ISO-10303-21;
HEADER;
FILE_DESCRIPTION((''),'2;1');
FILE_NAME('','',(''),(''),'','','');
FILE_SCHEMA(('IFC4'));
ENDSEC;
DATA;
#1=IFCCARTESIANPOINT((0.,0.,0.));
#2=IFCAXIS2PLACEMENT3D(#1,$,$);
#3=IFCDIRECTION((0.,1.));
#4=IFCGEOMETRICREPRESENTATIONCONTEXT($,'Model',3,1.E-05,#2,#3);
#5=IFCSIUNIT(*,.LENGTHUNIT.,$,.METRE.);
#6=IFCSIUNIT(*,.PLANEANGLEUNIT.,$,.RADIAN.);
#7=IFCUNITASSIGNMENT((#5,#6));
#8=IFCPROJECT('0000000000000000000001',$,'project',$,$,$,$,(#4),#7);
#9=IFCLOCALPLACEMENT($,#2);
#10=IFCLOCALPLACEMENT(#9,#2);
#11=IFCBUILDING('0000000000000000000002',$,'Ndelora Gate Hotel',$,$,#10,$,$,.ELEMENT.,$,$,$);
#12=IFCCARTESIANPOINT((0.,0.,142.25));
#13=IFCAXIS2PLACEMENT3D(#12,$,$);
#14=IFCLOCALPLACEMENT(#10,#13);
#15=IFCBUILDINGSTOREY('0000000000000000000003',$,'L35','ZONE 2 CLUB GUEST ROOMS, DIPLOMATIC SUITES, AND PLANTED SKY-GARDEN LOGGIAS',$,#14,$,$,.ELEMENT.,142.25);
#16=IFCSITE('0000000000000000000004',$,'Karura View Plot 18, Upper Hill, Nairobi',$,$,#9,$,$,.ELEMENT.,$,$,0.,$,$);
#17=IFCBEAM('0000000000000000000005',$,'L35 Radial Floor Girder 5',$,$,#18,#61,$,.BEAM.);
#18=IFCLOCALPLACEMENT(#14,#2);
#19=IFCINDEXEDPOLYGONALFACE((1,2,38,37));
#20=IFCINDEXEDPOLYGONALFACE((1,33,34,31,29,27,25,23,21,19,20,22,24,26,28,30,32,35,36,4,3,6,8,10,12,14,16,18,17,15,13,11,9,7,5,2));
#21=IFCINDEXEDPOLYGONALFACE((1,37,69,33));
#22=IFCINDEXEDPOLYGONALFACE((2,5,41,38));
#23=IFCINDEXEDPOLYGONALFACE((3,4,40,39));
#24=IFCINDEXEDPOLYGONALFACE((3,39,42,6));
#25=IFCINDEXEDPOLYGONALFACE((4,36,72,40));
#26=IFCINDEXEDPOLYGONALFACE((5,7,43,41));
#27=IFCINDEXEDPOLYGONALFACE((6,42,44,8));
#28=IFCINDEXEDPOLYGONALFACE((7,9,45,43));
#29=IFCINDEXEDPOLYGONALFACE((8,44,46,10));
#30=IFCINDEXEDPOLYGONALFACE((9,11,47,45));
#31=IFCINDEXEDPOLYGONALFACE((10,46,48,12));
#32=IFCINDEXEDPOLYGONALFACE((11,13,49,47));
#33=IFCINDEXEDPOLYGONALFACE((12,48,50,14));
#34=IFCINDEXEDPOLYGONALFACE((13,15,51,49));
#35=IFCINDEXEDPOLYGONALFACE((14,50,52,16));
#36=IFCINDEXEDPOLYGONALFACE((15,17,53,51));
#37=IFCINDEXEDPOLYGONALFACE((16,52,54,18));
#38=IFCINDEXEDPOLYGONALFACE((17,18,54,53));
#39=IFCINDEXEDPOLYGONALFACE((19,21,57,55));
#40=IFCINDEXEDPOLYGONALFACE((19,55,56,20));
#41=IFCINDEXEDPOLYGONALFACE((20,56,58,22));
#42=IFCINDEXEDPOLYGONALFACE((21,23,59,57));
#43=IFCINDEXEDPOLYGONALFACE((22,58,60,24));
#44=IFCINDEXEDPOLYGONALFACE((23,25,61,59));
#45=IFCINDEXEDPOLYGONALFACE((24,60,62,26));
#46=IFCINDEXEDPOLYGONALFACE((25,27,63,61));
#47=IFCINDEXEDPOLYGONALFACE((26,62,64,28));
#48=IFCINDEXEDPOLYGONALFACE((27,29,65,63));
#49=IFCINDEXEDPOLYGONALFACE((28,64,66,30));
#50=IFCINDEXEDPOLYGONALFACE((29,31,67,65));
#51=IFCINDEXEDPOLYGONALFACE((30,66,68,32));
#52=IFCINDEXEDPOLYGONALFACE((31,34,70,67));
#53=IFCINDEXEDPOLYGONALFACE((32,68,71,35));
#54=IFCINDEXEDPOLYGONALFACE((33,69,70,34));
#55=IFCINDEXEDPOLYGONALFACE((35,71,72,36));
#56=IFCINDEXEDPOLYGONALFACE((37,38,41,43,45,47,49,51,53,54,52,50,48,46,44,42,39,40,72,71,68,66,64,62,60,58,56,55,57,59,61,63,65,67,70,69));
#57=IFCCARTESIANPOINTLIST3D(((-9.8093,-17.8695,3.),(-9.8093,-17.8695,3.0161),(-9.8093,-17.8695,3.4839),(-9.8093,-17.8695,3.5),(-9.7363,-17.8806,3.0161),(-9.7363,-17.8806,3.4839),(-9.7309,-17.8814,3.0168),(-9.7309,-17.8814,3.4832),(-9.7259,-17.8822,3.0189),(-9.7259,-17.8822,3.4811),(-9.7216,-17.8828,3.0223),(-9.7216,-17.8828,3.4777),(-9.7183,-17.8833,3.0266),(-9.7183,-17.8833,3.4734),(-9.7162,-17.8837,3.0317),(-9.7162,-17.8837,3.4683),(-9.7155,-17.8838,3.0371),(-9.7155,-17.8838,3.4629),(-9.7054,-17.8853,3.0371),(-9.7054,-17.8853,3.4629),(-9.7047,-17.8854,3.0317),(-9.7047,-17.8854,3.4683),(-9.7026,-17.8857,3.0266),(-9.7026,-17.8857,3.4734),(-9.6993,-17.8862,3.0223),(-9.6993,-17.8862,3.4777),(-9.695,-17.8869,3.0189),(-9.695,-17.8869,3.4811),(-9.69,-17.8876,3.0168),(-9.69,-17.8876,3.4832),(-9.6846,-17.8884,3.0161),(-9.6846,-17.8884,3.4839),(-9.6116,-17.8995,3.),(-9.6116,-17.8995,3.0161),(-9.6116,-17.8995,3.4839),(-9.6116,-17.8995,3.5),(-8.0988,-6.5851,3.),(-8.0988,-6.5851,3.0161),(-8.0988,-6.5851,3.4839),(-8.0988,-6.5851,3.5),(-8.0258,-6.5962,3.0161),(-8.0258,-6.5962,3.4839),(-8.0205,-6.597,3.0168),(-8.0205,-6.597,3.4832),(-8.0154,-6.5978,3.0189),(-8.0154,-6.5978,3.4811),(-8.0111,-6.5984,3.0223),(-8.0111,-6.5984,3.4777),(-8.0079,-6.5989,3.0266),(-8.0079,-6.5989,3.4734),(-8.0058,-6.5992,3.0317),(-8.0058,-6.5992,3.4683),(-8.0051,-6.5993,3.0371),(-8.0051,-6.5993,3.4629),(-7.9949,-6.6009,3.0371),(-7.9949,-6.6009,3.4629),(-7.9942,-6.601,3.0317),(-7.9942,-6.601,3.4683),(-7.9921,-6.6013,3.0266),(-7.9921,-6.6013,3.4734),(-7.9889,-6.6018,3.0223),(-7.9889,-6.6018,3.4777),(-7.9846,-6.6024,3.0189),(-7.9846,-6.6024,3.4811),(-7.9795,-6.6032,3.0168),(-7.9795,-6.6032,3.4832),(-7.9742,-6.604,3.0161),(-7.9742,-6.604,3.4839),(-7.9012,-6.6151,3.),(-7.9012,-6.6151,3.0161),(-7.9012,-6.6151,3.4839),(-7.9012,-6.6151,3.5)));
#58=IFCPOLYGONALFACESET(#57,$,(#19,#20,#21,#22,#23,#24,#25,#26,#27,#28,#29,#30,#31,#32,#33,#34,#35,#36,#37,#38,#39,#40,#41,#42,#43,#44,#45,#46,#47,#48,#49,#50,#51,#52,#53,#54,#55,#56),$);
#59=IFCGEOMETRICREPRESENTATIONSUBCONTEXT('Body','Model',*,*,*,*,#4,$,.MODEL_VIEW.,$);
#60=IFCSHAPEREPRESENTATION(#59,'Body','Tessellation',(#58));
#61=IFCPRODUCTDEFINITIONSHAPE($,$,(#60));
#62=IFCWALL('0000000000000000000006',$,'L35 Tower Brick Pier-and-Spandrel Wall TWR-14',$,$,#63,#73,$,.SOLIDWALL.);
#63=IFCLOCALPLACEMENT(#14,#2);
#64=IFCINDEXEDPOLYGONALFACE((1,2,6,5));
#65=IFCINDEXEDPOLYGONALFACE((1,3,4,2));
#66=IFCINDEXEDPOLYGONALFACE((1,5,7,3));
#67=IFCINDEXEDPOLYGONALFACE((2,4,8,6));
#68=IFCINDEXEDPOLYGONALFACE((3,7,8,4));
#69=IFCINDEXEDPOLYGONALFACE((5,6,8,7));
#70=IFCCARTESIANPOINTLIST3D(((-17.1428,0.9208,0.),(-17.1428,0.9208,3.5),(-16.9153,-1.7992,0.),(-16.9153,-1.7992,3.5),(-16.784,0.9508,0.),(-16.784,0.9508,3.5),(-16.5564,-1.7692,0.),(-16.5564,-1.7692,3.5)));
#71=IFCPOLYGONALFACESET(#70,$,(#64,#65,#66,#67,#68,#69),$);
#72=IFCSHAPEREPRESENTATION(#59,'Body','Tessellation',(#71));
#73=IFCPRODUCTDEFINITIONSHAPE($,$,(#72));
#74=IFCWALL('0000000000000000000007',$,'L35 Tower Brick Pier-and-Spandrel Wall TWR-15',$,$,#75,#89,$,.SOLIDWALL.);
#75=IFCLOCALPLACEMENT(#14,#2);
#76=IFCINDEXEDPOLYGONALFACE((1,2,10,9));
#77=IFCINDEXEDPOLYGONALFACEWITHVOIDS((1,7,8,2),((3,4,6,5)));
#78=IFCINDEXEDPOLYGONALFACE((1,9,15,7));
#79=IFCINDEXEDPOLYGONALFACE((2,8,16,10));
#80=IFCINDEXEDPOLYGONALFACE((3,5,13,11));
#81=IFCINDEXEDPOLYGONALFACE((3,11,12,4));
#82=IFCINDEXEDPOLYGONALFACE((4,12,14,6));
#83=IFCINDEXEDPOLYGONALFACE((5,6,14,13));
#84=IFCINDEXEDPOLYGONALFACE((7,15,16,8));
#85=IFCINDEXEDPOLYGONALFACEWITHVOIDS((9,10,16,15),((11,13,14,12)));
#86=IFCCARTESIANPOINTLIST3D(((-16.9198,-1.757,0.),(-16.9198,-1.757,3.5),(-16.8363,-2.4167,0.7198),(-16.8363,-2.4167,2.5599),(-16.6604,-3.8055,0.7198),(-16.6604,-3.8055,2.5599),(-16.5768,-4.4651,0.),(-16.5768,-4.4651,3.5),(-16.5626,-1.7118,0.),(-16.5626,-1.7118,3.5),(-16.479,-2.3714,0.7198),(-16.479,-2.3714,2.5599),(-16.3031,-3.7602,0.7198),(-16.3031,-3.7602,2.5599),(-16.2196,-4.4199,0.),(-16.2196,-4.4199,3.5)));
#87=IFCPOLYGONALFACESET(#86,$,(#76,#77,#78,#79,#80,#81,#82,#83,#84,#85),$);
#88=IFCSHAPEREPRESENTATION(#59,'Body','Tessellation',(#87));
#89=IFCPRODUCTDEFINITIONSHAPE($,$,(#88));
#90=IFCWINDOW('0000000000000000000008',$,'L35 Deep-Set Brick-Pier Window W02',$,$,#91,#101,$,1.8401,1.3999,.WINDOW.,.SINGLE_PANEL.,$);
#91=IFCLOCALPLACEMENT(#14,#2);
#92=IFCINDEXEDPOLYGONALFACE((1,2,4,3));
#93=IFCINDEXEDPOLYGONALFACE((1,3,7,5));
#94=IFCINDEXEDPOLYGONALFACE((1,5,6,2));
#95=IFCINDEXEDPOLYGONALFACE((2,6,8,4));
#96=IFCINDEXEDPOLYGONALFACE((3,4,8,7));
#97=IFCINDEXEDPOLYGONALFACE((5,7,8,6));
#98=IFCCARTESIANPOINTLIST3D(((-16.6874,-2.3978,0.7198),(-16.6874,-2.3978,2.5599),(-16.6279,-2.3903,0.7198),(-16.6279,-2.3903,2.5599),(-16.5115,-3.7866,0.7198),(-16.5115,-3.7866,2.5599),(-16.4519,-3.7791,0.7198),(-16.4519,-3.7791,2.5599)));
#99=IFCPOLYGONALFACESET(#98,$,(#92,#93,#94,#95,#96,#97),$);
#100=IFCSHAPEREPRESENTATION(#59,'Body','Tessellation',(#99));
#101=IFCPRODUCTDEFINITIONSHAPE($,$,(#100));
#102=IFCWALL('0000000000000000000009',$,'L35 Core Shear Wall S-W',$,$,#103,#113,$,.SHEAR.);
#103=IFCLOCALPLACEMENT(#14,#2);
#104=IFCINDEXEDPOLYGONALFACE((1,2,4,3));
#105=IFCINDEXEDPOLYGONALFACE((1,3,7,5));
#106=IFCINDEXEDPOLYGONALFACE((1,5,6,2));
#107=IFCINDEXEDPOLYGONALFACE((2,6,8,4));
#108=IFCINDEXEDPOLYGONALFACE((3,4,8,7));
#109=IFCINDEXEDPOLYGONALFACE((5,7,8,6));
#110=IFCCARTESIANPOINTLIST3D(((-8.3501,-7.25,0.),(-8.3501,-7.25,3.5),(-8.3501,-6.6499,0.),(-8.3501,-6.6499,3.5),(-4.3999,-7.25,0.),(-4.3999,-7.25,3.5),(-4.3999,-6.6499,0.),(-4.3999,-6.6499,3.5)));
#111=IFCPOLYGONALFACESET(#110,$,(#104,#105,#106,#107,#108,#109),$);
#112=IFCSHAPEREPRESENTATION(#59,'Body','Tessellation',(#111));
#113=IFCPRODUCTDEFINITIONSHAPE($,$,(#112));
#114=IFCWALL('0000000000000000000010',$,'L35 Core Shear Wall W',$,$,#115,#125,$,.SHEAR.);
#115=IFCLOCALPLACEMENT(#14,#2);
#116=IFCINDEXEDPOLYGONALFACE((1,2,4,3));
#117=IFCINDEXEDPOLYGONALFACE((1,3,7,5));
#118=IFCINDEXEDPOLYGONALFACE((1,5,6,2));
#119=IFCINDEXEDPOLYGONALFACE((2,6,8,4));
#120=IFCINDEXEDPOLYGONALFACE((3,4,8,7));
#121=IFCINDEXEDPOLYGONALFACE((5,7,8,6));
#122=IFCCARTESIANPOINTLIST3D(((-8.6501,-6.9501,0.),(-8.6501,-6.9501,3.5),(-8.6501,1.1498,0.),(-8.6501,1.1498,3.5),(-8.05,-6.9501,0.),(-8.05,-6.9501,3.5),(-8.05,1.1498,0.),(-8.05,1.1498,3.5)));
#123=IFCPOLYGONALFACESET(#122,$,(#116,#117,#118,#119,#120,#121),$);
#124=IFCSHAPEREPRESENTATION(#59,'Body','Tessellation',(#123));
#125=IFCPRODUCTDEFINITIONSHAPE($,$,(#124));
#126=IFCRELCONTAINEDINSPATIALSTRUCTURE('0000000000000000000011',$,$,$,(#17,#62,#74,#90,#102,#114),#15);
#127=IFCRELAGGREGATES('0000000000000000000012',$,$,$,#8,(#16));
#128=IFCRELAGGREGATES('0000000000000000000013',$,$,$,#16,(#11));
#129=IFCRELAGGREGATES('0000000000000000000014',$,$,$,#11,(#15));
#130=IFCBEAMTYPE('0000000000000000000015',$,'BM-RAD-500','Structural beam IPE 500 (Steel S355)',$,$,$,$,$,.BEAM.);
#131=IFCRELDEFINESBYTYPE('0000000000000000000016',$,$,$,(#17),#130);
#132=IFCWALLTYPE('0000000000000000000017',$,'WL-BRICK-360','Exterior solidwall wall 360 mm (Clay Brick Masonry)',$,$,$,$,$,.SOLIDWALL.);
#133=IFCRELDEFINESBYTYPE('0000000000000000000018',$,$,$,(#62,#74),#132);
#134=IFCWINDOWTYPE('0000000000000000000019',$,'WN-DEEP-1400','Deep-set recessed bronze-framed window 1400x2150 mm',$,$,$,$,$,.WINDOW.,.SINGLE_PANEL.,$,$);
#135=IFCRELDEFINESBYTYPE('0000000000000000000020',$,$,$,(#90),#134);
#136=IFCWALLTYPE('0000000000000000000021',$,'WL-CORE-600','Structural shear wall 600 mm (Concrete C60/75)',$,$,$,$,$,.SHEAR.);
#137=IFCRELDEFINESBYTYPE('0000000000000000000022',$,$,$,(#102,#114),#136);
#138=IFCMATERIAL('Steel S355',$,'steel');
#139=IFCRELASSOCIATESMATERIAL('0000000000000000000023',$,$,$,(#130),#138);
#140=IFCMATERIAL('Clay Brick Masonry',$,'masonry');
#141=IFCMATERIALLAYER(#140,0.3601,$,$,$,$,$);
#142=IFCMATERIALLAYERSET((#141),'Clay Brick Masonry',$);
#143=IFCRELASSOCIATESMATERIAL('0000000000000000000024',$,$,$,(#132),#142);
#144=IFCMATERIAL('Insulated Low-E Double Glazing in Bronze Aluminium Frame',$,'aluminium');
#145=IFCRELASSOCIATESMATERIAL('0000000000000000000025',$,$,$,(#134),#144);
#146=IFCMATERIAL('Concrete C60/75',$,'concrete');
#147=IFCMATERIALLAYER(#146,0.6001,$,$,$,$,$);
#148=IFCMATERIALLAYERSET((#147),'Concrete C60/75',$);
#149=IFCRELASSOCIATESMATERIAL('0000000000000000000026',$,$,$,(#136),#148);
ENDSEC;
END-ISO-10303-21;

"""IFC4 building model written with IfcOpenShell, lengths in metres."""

from ifc_helpers import new_model, si_unit, direction, frame, frame_2d, origin, origin_2d, place, context, subcontext, project, spatial, rectangle, i_section, extrude, material, layer, layer_set, material_profile, profile_set, type_object, element, fill, save


model = new_model("IFC4")

# Units and contexts
model_context = context("Model", 3, precision=1e-05, world=origin(), true_north=direction((0.0, 1.0)))
body_context = subcontext(model_context, "Body", "Model", "MODEL_VIEW")
ifc_project = project(units=[si_unit("LENGTHUNIT", "METRE"), si_unit("PLANEANGLEUNIT", "RADIAN")], contexts=[model_context])

# Site, building, storey
site_placement = place(None, origin())
site = spatial("IfcSite", under=ifc_project, at=site_placement, Name="Karura View Plot 18, Upper Hill, Nairobi", CompositionType="ELEMENT", RefElevation=0.0)
building_placement = place(site_placement, origin())
building = spatial("IfcBuilding", under=site, at=building_placement, Name="Ndelora Gate Hotel", CompositionType="ELEMENT")
storey_placement = place(building_placement, frame((0.0, 0.0, 142.25)))
storey = spatial("IfcBuildingStorey", under=building, at=storey_placement, Name="L35", Description="ZONE 2 CLUB GUEST ROOMS, DIPLOMATIC SUITES, AND PLANTED SKY-GARDEN LOGGIAS", CompositionType="ELEMENT", Elevation=142.25)

# Shared definitions
ifc_material_1 = material(Name="Concrete C60/75", Category="concrete")

# Beam
ifc_material_2 = material(Name="Steel S355", Category="steel")
ifc_material_profile_1 = material_profile(ifc_material_2, i_section(OverallWidth=0.2, OverallDepth=0.5, WebThickness=0.0103, FlangeThickness=0.0161, FilletRadius=0.021, at=origin_2d()), Name="IPE 500")
ifc_profile_set_1 = profile_set([ifc_material_profile_1], Name="Steel S355")
beam_type_1 = type_object("IfcBeamType", Name="BM-RAD-500", Description="Structural beam IPE 500 (Steel S355)", PredefinedType="BEAM", material=ifc_profile_set_1)
beam_1_placement = place(storey_placement, frame((-8.0, -6.6001, 3.25), z_axis=(-0.149864, -0.988707, 0.0), x_axis=(0.988707, -0.149864, 0.0)))
element("IfcBeam", 1, at=beam_1_placement, inside=storey, type_object=beam_type_1, Name="L35 Radial Floor Girder 5", PredefinedType="BEAM", context=body_context, shape_type="SweptSolid", body=[
    extrude(i_section(OverallWidth=0.2, OverallDepth=0.5, WebThickness=0.0103, FlangeThickness=0.0161, FilletRadius=0.021, at=origin_2d()), origin(), (0.0, 0.0, 1.0), 11.4133),
])

# Wall
ifc_material_3 = material(Name="Clay Brick Masonry", Category="masonry")
ifc_layer_1 = layer(ifc_material_3, 0.3601)
ifc_layer_set_1 = layer_set([ifc_layer_1], Name="Clay Brick Masonry")
wall_type_1 = type_object("IfcWallType", Name="WL-BRICK-360", Description="Exterior solidwall wall 360 mm (Clay Brick Masonry)", PredefinedType="SOLIDWALL", material=ifc_layer_set_1)
wall_1_placement = place(storey_placement, frame((-16.7358, -1.7842, 0.0), z_axis=(0.0, 0.0, 1.0), x_axis=(-0.083364, 0.996519, 0.0)))
element("IfcWall", 2, at=wall_1_placement, inside=storey, type_object=wall_type_1, Name="L35 Tower Brick Pier-and-Spandrel Wall TWR-14", PredefinedType="SOLIDWALL", context=body_context, shape_type="SweptSolid", body=[
    extrude(rectangle(XDim=2.7295, YDim=0.3601, at=frame_2d((1.3647, 0.0))), origin(), (0.0, 0.0, 1.0), 3.5),
])

# Wall, opening, window
wall_2_placement = place(storey_placement, frame((-16.3982, -4.4424, 0.0), z_axis=(0.0, 0.0, 1.0), x_axis=(-0.125664, 0.992073, 0.0)))
wall_2 = element("IfcWall", 3, at=wall_2_placement, inside=storey, type_object=wall_type_1, Name="L35 Tower Brick Pier-and-Spandrel Wall TWR-15", PredefinedType="SOLIDWALL", context=body_context, shape_type="SweptSolid", body=[
    extrude(rectangle(XDim=2.7297, YDim=0.3601, at=frame_2d((1.3647, 0.0))), origin(), (0.0, 0.0, 1.0), 3.5),
])
opening_1_placement = place(wall_2_placement, frame((0.6648, 0.0, 0.72)))
opening_1 = element("IfcOpeningElement", 4, at=opening_1_placement, cuts=wall_2, PredefinedType="OPENING", context=body_context, shape_type="SweptSolid", body=[
    extrude(rectangle(XDim=1.3999, YDim=1.8401, at=frame_2d((0.7, 0.9199))), frame((0.0, 0.1899, 0.0), z_axis=(0.0, -1.0, 0.0), x_axis=(1.0, 0.0, 0.0)), (0.0, 0.0, 1.0), 0.3801),
])
ifc_material_4 = material(Name="Insulated Low-E Double Glazing in Bronze Aluminium Frame", Category="aluminium")
window_type = type_object("IfcWindowType", Name="WN-DEEP-1400", Description="Deep-set recessed bronze-framed window 1400x2150 mm", PartitioningType="SINGLE_PANEL", PredefinedType="WINDOW", material=ifc_material_4)
window_placement = place(opening_1_placement, origin())
window = element("IfcWindow", 5, at=window_placement, inside=storey, type_object=window_type, Name="L35 Deep-Set Brick-Pier Window W02", OverallHeight=1.8401, OverallWidth=1.3999, PartitioningType="SINGLE_PANEL", PredefinedType="WINDOW", context=body_context, shape_type="SweptSolid", body=[
    extrude(rectangle(XDim=1.3999, YDim=1.8401, at=frame_2d((0.7, 0.9199))), frame((0.0, 0.03, 0.0), z_axis=(0.0, -1.0, 0.0), x_axis=(1.0, 0.0, 0.0)), (0.0, 0.0, 1.0), 0.0601),
])
fill(opening_1, window)

# Walls
ifc_layer_2 = layer(ifc_material_1, 0.6001)
ifc_layer_set_2 = layer_set([ifc_layer_2], Name="Concrete C60/75")
wall_type_2 = type_object("IfcWallType", Name="WL-CORE-600", Description="Structural shear wall 600 mm (Concrete C60/75)", PredefinedType="SHEAR", material=ifc_layer_set_2)
wall_3_placement = place(storey_placement, frame((-8.3501, -6.95, 0.0), z_axis=(0.0, 0.0, 1.0), x_axis=(1.0, 0.0, 0.0)))
element("IfcWall", 6, at=wall_3_placement, inside=storey, type_object=wall_type_2, Name="L35 Core Shear Wall S-W", PredefinedType="SHEAR", context=body_context, shape_type="SweptSolid", body=[
    extrude(rectangle(XDim=3.9502, YDim=0.6001, at=frame_2d((1.9751, 0.0))), origin(), (0.0, 0.0, 1.0), 3.5),
])
wall_4_placement = place(storey_placement, frame((-8.3501, -6.95, 0.0), z_axis=(0.0, 0.0, 1.0), x_axis=(0.0, 1.0, 0.0)))
element("IfcWall", 7, at=wall_4_placement, inside=storey, type_object=wall_type_2, Name="L35 Core Shear Wall W", PredefinedType="SHEAR", context=body_context, shape_type="SweptSolid", body=[
    extrude(rectangle(XDim=8.0999, YDim=0.6001, at=frame_2d((4.0498, 0.0))), origin(), (0.0, 0.0, 1.0), 3.5),
])

save(model, "model.ifc")
